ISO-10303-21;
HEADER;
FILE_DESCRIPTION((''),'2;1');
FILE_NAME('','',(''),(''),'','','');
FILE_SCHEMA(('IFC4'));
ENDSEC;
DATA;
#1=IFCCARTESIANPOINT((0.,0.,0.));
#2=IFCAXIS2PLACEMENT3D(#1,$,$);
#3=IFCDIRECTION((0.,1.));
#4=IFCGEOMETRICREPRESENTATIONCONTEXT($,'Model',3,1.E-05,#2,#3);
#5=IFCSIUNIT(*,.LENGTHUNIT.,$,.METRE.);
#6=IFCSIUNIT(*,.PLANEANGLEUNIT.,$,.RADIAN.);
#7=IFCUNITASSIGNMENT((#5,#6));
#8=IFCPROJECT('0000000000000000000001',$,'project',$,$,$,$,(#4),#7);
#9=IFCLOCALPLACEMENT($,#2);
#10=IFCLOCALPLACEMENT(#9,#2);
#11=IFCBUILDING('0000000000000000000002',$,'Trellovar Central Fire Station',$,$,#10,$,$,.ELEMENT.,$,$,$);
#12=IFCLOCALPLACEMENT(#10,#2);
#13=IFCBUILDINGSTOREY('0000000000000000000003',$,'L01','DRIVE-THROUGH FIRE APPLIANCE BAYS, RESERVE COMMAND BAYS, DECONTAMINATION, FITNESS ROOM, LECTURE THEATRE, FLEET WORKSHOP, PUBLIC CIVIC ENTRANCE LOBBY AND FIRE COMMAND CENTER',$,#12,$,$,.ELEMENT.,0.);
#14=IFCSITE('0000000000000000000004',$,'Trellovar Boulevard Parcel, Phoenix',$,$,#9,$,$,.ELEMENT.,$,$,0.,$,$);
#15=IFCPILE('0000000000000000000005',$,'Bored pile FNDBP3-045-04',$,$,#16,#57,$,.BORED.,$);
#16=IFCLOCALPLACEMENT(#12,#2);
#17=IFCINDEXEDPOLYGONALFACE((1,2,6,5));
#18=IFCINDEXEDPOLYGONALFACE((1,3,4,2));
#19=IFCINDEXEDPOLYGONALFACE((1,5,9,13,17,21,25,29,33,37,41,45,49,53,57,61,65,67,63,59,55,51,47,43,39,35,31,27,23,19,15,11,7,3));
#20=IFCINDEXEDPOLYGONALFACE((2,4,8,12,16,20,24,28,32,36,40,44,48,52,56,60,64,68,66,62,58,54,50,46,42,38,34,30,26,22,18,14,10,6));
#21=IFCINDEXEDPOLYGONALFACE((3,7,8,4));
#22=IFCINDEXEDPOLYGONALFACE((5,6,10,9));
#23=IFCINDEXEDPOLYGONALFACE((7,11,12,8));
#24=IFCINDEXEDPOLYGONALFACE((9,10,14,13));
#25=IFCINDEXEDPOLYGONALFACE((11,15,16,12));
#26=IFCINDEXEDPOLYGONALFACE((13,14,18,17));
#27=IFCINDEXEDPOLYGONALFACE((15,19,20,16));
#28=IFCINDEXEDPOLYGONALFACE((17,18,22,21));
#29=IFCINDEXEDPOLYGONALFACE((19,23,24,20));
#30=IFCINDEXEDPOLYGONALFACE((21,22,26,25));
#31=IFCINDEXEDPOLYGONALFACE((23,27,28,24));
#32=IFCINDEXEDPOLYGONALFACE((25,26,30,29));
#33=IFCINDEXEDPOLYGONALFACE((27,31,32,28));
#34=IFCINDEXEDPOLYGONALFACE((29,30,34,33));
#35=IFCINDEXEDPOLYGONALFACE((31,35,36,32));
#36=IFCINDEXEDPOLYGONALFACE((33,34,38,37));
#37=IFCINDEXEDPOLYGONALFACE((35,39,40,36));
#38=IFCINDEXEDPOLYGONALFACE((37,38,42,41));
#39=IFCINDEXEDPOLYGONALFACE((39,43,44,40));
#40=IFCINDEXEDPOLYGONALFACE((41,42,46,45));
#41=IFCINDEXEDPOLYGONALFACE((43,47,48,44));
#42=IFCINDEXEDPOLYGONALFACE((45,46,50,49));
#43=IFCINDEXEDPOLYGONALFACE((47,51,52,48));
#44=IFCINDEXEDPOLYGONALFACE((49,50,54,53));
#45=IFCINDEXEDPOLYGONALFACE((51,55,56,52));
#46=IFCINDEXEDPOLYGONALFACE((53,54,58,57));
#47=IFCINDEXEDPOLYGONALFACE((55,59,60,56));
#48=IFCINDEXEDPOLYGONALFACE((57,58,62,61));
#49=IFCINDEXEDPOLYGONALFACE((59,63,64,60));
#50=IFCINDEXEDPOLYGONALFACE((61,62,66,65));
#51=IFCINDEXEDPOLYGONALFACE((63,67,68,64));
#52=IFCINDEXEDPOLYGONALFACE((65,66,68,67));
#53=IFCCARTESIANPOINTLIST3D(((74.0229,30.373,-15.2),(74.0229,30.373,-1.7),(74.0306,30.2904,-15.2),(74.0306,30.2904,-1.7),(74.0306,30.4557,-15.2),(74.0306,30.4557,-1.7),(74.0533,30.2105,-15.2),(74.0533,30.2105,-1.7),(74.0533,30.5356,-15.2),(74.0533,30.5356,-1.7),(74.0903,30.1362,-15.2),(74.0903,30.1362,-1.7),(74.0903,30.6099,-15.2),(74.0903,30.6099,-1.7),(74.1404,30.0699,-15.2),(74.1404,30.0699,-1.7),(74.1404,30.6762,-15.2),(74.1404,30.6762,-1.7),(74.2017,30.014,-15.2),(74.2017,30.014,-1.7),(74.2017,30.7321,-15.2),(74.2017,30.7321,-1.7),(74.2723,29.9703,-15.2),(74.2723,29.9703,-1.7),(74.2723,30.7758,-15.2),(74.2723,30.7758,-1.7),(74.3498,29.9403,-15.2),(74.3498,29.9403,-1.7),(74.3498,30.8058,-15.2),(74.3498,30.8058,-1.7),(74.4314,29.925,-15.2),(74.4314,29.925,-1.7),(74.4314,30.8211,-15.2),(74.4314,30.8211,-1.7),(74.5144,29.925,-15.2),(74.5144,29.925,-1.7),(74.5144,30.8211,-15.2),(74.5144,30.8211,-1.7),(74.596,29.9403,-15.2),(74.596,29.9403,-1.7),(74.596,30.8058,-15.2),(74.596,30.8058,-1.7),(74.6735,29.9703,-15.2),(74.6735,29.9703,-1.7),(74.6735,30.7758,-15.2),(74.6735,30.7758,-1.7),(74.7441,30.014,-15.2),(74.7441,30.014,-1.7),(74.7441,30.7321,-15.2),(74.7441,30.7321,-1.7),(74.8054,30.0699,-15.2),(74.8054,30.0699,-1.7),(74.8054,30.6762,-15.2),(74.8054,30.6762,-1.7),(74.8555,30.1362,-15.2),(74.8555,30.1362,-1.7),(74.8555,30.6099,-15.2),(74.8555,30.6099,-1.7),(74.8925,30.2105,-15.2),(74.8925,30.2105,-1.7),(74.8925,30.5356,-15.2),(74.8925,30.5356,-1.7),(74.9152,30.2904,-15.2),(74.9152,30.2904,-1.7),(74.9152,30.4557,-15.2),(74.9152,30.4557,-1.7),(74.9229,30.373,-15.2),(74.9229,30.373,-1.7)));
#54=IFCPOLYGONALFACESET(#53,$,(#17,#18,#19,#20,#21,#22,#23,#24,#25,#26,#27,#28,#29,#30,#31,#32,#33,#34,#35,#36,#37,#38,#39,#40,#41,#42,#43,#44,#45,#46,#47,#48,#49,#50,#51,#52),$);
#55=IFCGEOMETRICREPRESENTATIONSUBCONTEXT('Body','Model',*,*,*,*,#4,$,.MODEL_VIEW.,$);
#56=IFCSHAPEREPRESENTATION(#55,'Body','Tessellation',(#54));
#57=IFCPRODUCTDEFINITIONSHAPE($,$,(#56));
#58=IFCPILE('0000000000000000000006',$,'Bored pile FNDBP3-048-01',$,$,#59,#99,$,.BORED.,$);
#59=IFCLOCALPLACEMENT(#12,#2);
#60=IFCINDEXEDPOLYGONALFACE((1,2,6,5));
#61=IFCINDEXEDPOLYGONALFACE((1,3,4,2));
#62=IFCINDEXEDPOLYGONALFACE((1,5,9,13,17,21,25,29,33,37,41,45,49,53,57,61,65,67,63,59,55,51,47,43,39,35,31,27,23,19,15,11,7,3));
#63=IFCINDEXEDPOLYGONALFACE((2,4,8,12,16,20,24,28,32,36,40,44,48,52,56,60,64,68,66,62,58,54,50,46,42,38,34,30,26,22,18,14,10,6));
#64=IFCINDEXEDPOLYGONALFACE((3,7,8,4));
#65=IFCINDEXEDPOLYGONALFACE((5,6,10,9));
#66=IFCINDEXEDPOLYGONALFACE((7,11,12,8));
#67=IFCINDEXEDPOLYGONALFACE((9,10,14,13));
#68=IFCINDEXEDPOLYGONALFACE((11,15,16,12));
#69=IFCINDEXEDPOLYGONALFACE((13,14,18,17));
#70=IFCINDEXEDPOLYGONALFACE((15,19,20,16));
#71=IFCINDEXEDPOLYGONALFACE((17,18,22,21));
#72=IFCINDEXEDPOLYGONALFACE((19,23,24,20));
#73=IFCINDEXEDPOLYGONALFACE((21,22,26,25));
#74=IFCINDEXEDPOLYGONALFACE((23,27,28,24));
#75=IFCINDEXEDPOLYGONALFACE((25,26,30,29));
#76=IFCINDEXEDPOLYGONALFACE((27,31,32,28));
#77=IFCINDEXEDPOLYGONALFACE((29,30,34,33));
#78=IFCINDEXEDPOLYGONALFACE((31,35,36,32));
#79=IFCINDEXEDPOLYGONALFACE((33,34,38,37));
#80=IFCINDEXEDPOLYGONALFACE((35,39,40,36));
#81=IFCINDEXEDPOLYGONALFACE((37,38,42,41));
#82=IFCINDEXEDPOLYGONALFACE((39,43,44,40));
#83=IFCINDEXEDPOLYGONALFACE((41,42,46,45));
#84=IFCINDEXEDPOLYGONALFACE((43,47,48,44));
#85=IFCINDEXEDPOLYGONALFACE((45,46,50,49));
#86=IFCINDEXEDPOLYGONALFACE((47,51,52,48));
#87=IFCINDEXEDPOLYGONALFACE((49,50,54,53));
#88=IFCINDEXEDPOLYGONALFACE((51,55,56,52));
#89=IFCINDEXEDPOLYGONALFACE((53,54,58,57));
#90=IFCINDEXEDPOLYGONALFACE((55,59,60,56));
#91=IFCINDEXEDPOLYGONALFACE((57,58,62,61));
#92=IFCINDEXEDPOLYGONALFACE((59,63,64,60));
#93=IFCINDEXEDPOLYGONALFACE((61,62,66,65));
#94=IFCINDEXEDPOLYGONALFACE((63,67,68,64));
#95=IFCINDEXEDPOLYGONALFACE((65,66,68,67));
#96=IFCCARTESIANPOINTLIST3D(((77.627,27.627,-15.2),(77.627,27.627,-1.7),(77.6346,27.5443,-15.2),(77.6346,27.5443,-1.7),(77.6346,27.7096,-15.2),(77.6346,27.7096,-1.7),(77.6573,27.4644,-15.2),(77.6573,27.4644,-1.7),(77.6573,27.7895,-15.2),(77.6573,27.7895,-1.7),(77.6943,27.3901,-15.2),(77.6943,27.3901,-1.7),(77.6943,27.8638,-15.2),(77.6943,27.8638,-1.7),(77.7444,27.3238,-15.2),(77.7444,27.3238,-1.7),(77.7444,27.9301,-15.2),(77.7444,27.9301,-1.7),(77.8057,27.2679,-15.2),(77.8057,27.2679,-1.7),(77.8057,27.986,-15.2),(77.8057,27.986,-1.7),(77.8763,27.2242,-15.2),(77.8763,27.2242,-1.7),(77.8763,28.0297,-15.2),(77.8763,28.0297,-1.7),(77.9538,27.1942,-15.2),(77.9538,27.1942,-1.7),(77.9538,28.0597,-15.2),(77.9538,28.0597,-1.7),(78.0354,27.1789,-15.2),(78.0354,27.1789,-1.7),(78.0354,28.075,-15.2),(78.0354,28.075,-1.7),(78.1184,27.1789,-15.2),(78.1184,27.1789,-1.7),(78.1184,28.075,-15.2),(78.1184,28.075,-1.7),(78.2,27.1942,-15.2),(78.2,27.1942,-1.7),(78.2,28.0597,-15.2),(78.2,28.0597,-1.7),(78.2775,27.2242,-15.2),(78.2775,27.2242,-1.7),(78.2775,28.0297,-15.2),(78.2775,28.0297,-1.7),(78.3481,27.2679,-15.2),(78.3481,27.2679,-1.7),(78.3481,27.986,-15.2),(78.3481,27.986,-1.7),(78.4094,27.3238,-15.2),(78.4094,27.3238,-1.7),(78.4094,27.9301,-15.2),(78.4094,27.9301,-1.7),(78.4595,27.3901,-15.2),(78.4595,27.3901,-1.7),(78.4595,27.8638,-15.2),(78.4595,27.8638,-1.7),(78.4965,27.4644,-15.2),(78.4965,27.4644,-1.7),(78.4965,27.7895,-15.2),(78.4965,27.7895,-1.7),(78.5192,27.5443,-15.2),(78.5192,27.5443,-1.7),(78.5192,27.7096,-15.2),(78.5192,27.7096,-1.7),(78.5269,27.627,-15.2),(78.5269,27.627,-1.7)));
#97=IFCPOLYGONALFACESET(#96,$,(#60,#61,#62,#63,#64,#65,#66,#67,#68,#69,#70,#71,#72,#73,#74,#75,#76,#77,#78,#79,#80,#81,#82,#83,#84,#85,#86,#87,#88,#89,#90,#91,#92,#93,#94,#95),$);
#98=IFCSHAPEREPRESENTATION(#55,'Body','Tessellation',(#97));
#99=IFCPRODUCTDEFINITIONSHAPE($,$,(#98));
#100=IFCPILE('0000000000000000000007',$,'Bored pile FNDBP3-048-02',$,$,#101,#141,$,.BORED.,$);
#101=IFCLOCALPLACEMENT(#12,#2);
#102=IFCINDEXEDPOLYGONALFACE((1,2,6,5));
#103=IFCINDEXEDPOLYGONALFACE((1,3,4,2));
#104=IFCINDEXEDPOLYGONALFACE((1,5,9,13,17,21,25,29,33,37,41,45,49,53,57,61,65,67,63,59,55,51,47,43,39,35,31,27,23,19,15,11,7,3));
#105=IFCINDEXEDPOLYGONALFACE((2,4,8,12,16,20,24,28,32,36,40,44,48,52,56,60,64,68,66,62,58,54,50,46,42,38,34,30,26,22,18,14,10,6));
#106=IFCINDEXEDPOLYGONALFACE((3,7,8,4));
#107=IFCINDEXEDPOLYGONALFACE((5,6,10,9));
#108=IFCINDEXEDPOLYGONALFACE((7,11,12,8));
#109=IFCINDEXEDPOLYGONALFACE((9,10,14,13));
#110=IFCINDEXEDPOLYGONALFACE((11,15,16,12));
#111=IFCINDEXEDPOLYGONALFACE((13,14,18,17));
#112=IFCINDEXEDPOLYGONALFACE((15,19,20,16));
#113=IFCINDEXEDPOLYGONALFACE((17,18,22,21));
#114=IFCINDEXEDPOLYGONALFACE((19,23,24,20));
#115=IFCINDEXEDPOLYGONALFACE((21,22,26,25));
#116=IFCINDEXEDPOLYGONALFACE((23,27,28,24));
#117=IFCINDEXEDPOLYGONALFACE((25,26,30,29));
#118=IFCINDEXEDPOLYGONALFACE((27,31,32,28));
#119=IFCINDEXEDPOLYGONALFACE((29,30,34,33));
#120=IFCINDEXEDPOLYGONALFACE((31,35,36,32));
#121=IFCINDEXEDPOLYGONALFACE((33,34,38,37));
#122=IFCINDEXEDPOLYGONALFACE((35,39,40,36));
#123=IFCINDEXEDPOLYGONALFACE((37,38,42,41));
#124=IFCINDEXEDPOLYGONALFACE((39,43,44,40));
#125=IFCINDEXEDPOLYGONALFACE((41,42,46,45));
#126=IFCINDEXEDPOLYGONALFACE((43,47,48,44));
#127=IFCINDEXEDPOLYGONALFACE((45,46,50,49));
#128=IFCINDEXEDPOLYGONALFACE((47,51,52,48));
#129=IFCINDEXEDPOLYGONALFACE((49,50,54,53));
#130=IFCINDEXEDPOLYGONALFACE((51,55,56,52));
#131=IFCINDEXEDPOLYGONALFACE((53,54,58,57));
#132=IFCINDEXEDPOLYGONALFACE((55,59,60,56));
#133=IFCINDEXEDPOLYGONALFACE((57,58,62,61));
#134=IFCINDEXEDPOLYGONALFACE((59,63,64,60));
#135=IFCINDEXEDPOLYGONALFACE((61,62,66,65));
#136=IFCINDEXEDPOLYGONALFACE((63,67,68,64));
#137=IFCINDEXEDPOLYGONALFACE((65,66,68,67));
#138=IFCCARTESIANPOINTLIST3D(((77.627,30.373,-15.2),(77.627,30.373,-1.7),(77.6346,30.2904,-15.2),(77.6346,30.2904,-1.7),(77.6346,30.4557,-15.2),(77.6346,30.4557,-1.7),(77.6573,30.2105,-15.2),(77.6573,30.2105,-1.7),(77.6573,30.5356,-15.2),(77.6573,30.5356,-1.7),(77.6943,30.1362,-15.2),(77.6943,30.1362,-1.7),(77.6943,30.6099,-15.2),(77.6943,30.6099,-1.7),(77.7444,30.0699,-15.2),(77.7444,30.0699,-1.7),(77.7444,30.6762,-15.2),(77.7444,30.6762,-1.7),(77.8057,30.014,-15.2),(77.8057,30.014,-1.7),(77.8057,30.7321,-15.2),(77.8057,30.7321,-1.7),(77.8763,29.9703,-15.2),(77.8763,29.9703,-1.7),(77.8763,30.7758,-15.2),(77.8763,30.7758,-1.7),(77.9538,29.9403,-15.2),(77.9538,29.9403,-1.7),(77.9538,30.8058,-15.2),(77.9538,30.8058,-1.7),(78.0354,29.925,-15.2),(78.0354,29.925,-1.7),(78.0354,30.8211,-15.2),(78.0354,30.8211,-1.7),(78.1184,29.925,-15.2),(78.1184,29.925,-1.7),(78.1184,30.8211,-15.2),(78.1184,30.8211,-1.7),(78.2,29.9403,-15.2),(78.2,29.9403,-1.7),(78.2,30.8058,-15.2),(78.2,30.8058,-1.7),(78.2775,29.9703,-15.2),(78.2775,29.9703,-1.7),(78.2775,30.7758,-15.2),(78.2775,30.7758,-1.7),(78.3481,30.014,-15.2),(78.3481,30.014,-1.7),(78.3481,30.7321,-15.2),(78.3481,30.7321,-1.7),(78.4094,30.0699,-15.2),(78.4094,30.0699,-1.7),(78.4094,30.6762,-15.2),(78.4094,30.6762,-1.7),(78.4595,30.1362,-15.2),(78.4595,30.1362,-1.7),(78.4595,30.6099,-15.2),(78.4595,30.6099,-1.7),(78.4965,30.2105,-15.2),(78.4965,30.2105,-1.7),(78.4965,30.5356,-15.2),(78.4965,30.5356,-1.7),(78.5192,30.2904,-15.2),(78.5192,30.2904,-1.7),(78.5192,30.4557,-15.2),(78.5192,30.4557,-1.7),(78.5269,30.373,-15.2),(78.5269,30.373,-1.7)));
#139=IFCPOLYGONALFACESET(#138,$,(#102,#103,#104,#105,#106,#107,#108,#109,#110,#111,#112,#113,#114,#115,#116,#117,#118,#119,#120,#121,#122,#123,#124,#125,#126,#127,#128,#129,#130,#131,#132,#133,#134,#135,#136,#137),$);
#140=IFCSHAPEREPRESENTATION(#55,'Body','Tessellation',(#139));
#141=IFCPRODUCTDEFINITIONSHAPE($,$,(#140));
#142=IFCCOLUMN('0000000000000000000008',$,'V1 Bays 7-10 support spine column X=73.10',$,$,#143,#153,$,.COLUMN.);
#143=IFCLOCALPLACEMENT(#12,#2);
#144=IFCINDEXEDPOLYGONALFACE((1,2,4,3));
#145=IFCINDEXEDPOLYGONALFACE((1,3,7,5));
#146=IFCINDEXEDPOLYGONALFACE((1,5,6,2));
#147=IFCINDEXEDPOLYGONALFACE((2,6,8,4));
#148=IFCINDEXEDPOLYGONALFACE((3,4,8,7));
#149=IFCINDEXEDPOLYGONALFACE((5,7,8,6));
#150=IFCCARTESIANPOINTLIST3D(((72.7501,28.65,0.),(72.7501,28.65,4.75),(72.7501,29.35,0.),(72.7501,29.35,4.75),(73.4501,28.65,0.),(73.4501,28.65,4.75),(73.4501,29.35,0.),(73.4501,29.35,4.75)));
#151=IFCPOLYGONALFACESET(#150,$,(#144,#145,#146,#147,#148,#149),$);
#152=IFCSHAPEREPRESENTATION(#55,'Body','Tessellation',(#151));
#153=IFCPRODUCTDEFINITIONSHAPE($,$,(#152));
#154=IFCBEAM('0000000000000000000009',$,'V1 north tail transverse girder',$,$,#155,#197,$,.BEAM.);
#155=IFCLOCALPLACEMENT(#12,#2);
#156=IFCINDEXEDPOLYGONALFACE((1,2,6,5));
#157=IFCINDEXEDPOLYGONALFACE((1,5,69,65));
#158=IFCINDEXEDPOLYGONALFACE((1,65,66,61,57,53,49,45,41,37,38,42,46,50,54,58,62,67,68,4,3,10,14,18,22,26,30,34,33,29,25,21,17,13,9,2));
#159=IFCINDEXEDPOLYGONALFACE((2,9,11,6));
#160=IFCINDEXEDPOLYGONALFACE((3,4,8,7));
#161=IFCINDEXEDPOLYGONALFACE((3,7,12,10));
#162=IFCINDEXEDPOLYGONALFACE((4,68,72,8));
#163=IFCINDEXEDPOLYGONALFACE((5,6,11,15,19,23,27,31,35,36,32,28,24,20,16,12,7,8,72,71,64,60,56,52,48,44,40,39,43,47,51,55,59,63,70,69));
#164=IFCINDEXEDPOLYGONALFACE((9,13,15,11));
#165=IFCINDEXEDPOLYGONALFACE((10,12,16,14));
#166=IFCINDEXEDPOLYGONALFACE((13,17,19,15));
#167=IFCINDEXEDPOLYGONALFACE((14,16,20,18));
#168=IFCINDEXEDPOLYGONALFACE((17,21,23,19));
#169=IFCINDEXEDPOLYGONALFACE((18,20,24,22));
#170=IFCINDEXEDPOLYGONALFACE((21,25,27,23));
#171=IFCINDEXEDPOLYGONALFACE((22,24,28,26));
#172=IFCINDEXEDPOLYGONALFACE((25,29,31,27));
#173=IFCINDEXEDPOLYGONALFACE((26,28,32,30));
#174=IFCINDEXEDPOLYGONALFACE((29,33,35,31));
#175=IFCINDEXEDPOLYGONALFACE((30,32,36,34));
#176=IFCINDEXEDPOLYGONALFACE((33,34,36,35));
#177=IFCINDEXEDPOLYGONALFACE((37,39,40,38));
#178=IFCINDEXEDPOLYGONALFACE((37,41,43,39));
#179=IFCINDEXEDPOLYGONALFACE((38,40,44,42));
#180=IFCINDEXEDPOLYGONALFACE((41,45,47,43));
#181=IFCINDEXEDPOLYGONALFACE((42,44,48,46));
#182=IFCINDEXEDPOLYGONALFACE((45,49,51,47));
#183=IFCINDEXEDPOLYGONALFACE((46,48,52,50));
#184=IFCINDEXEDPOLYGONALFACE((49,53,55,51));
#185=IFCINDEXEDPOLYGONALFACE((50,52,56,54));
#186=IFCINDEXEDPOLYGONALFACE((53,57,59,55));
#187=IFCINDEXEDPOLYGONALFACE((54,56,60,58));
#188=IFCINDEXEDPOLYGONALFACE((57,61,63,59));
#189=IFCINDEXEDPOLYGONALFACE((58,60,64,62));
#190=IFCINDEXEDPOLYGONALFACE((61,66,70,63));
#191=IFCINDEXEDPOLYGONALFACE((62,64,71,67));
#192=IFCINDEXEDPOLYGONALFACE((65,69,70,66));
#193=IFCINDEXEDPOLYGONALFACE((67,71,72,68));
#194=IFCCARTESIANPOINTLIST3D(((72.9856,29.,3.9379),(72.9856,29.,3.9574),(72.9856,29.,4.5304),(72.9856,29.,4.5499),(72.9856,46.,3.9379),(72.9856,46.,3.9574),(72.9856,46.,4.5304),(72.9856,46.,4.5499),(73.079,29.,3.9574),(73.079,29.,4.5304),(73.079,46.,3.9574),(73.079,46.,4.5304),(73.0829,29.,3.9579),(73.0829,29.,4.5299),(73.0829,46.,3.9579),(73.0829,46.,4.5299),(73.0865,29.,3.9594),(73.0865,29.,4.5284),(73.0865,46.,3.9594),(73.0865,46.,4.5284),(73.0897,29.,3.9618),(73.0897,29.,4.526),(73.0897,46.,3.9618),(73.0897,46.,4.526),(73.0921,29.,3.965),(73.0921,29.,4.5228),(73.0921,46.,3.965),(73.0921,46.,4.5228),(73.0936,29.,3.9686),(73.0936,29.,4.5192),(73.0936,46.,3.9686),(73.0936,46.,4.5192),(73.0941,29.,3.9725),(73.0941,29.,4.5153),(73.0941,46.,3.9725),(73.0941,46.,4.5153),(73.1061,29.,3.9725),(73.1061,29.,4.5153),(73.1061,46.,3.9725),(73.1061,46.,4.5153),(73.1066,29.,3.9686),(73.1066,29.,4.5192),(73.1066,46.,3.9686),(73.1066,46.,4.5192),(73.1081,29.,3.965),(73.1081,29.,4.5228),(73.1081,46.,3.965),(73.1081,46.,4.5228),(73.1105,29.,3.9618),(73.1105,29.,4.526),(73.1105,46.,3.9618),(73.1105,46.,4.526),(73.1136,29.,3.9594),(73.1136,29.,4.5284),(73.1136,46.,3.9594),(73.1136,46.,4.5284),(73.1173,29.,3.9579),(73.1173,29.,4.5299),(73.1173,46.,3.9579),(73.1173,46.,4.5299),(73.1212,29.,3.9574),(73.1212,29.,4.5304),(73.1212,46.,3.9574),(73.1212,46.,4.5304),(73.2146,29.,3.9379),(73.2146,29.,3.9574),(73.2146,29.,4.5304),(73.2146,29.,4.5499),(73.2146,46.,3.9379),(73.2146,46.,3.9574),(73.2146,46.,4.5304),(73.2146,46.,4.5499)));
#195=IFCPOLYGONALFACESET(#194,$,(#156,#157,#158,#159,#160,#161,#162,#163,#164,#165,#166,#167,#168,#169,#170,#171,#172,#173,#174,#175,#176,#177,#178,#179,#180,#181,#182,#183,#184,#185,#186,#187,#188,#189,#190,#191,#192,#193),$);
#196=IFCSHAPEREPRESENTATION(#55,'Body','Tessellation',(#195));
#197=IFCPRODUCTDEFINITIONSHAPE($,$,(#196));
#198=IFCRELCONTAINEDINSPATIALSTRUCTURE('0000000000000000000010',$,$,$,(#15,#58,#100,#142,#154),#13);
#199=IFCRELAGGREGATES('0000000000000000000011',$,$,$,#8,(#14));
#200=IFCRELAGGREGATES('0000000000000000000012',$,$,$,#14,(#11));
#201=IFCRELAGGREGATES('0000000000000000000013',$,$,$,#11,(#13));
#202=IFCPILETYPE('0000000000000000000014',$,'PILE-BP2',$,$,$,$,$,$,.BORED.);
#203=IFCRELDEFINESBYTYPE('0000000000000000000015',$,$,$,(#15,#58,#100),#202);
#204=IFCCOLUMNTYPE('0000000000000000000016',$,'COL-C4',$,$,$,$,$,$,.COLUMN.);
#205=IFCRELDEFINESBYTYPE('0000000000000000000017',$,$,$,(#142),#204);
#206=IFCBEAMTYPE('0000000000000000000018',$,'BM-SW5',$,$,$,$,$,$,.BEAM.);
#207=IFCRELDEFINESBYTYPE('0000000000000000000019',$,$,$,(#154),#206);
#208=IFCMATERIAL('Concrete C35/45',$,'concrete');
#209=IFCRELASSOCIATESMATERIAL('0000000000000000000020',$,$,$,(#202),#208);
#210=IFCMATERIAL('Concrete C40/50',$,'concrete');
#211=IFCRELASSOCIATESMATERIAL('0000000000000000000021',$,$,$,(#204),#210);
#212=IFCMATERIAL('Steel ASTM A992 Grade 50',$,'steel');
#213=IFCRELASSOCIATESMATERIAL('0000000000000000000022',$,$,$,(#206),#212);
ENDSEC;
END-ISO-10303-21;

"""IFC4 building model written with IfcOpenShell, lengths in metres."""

from ifc_helpers import new_model, si_unit, direction, frame, origin, origin_2d, place, context, subcontext, project, spatial, rectangle, circle, i_section, extrude, material, material_profile, profile_set, type_object, element, save


model = new_model("IFC4")

# Units and contexts
model_context = context("Model", 3, precision=1e-05, world=origin(), true_north=direction((0.0, 1.0)))
body_context = subcontext(model_context, "Body", "Model", "MODEL_VIEW")
ifc_project = project(units=[si_unit("LENGTHUNIT", "METRE"), si_unit("PLANEANGLEUNIT", "RADIAN")], contexts=[model_context])

# Site, building, storey
site_placement = place(None, origin())
site = spatial("IfcSite", under=ifc_project, at=site_placement, Name="Trellovar Boulevard Parcel, Phoenix", CompositionType="ELEMENT", RefElevation=0.0)
building_placement = place(site_placement, origin())
building = spatial("IfcBuilding", under=site, at=building_placement, Name="Trellovar Central Fire Station", CompositionType="ELEMENT")
storey_placement = place(building_placement, origin())
storey = spatial("IfcBuildingStorey", under=building, at=storey_placement, Name="L01", Description="DRIVE-THROUGH FIRE APPLIANCE BAYS, RESERVE COMMAND BAYS, DECONTAMINATION, FITNESS ROOM, LECTURE THEATRE, FLEET WORKSHOP, PUBLIC CIVIC ENTRANCE LOBBY AND FIRE COMMAND CENTER", CompositionType="ELEMENT", Elevation=0.0)

# Piles
ifc_material_1 = material(Name="Concrete C35/45", Category="concrete")
ifc_material_profile_1 = material_profile(ifc_material_1, circle(Radius=0.45, at=origin_2d()), Name="PILE900")
ifc_profile_set_1 = profile_set([ifc_material_profile_1], Name="Concrete C35/45")
pile_type = type_object("IfcPileType", Name="PILE-BP2", PredefinedType="BORED", material=ifc_profile_set_1)
for number, where, z_axis, x_axis, name in (
    (1, (74.4729, 30.373, -1.7), (0.0, 0.0, -1.0), (1.0, 0.0, 0.0), "Bored pile FNDBP3-045-04"),
    (2, (78.0769, 27.627, -1.7), (0.0, 0.0, -1.0), (1.0, 0.0, 0.0), "Bored pile FNDBP3-048-01"),
    (3, (78.0769, 30.373, -1.7), (0.0, 0.0, -1.0), (1.0, 0.0, 0.0), "Bored pile FNDBP3-048-02"),
):
    element("IfcPile", number, at=place(storey_placement, frame(where, z_axis=z_axis, x_axis=x_axis)), inside=storey, type_object=pile_type, Name=name, PredefinedType="BORED", context=body_context, shape_type="SweptSolid", body=[
        extrude(circle(Radius=0.45, at=origin_2d()), origin(), (0.0, 0.0, 1.0), 13.5),
    ])

# Column
ifc_material_2 = material(Name="Concrete C40/50", Category="concrete")
ifc_material_profile_2 = material_profile(ifc_material_2, rectangle(XDim=0.7, YDim=0.7, at=origin_2d()), Name="RC700X700")
ifc_profile_set_2 = profile_set([ifc_material_profile_2], Name="Concrete C40/50")
column_type = type_object("IfcColumnType", Name="COL-C4", PredefinedType="COLUMN", material=ifc_profile_set_2)
column_placement = place(storey_placement, frame((73.1001, 29.0, 0.0), z_axis=(0.0, 0.0, 1.0), x_axis=(1.0, 0.0, 0.0)))
element("IfcColumn", 4, at=column_placement, inside=storey, type_object=column_type, Name="V1 Bays 7-10 support spine column X=73.10", PredefinedType="COLUMN", context=body_context, shape_type="SweptSolid", body=[
    extrude(rectangle(XDim=0.7, YDim=0.7, at=origin_2d()), origin(), (0.0, 0.0, 1.0), 4.75),
])

# Beam
ifc_material_3 = material(Name="Steel ASTM A992 Grade 50", Category="steel")
ifc_material_profile_3 = material_profile(ifc_material_3, i_section(OverallWidth=0.229, OverallDepth=0.6121, WebThickness=0.012, FlangeThickness=0.0195, FilletRadius=0.0151, at=origin_2d()), Name="W24X84")
ifc_profile_set_3 = profile_set([ifc_material_profile_3], Name="Steel ASTM A992 Grade 50")
beam_type = type_object("IfcBeamType", Name="BM-SW5", PredefinedType="BEAM", material=ifc_profile_set_3)
beam_1_placement = place(storey_placement, frame((73.1001, 29.0, 4.2439), z_axis=(0.0, 1.0, 0.0), x_axis=(-1.0, 0.0, 0.0)))
element("IfcBeam", 5, at=beam_1_placement, inside=storey, type_object=beam_type, Name="V1 north tail transverse girder", PredefinedType="BEAM", context=body_context, shape_type="SweptSolid", body=[
    extrude(i_section(OverallWidth=0.229, OverallDepth=0.6121, WebThickness=0.012, FlangeThickness=0.0195, FilletRadius=0.0151, at=origin_2d()), origin(), (0.0, 0.0, 1.0), 17.0),
])

save(model, "model.ifc")
